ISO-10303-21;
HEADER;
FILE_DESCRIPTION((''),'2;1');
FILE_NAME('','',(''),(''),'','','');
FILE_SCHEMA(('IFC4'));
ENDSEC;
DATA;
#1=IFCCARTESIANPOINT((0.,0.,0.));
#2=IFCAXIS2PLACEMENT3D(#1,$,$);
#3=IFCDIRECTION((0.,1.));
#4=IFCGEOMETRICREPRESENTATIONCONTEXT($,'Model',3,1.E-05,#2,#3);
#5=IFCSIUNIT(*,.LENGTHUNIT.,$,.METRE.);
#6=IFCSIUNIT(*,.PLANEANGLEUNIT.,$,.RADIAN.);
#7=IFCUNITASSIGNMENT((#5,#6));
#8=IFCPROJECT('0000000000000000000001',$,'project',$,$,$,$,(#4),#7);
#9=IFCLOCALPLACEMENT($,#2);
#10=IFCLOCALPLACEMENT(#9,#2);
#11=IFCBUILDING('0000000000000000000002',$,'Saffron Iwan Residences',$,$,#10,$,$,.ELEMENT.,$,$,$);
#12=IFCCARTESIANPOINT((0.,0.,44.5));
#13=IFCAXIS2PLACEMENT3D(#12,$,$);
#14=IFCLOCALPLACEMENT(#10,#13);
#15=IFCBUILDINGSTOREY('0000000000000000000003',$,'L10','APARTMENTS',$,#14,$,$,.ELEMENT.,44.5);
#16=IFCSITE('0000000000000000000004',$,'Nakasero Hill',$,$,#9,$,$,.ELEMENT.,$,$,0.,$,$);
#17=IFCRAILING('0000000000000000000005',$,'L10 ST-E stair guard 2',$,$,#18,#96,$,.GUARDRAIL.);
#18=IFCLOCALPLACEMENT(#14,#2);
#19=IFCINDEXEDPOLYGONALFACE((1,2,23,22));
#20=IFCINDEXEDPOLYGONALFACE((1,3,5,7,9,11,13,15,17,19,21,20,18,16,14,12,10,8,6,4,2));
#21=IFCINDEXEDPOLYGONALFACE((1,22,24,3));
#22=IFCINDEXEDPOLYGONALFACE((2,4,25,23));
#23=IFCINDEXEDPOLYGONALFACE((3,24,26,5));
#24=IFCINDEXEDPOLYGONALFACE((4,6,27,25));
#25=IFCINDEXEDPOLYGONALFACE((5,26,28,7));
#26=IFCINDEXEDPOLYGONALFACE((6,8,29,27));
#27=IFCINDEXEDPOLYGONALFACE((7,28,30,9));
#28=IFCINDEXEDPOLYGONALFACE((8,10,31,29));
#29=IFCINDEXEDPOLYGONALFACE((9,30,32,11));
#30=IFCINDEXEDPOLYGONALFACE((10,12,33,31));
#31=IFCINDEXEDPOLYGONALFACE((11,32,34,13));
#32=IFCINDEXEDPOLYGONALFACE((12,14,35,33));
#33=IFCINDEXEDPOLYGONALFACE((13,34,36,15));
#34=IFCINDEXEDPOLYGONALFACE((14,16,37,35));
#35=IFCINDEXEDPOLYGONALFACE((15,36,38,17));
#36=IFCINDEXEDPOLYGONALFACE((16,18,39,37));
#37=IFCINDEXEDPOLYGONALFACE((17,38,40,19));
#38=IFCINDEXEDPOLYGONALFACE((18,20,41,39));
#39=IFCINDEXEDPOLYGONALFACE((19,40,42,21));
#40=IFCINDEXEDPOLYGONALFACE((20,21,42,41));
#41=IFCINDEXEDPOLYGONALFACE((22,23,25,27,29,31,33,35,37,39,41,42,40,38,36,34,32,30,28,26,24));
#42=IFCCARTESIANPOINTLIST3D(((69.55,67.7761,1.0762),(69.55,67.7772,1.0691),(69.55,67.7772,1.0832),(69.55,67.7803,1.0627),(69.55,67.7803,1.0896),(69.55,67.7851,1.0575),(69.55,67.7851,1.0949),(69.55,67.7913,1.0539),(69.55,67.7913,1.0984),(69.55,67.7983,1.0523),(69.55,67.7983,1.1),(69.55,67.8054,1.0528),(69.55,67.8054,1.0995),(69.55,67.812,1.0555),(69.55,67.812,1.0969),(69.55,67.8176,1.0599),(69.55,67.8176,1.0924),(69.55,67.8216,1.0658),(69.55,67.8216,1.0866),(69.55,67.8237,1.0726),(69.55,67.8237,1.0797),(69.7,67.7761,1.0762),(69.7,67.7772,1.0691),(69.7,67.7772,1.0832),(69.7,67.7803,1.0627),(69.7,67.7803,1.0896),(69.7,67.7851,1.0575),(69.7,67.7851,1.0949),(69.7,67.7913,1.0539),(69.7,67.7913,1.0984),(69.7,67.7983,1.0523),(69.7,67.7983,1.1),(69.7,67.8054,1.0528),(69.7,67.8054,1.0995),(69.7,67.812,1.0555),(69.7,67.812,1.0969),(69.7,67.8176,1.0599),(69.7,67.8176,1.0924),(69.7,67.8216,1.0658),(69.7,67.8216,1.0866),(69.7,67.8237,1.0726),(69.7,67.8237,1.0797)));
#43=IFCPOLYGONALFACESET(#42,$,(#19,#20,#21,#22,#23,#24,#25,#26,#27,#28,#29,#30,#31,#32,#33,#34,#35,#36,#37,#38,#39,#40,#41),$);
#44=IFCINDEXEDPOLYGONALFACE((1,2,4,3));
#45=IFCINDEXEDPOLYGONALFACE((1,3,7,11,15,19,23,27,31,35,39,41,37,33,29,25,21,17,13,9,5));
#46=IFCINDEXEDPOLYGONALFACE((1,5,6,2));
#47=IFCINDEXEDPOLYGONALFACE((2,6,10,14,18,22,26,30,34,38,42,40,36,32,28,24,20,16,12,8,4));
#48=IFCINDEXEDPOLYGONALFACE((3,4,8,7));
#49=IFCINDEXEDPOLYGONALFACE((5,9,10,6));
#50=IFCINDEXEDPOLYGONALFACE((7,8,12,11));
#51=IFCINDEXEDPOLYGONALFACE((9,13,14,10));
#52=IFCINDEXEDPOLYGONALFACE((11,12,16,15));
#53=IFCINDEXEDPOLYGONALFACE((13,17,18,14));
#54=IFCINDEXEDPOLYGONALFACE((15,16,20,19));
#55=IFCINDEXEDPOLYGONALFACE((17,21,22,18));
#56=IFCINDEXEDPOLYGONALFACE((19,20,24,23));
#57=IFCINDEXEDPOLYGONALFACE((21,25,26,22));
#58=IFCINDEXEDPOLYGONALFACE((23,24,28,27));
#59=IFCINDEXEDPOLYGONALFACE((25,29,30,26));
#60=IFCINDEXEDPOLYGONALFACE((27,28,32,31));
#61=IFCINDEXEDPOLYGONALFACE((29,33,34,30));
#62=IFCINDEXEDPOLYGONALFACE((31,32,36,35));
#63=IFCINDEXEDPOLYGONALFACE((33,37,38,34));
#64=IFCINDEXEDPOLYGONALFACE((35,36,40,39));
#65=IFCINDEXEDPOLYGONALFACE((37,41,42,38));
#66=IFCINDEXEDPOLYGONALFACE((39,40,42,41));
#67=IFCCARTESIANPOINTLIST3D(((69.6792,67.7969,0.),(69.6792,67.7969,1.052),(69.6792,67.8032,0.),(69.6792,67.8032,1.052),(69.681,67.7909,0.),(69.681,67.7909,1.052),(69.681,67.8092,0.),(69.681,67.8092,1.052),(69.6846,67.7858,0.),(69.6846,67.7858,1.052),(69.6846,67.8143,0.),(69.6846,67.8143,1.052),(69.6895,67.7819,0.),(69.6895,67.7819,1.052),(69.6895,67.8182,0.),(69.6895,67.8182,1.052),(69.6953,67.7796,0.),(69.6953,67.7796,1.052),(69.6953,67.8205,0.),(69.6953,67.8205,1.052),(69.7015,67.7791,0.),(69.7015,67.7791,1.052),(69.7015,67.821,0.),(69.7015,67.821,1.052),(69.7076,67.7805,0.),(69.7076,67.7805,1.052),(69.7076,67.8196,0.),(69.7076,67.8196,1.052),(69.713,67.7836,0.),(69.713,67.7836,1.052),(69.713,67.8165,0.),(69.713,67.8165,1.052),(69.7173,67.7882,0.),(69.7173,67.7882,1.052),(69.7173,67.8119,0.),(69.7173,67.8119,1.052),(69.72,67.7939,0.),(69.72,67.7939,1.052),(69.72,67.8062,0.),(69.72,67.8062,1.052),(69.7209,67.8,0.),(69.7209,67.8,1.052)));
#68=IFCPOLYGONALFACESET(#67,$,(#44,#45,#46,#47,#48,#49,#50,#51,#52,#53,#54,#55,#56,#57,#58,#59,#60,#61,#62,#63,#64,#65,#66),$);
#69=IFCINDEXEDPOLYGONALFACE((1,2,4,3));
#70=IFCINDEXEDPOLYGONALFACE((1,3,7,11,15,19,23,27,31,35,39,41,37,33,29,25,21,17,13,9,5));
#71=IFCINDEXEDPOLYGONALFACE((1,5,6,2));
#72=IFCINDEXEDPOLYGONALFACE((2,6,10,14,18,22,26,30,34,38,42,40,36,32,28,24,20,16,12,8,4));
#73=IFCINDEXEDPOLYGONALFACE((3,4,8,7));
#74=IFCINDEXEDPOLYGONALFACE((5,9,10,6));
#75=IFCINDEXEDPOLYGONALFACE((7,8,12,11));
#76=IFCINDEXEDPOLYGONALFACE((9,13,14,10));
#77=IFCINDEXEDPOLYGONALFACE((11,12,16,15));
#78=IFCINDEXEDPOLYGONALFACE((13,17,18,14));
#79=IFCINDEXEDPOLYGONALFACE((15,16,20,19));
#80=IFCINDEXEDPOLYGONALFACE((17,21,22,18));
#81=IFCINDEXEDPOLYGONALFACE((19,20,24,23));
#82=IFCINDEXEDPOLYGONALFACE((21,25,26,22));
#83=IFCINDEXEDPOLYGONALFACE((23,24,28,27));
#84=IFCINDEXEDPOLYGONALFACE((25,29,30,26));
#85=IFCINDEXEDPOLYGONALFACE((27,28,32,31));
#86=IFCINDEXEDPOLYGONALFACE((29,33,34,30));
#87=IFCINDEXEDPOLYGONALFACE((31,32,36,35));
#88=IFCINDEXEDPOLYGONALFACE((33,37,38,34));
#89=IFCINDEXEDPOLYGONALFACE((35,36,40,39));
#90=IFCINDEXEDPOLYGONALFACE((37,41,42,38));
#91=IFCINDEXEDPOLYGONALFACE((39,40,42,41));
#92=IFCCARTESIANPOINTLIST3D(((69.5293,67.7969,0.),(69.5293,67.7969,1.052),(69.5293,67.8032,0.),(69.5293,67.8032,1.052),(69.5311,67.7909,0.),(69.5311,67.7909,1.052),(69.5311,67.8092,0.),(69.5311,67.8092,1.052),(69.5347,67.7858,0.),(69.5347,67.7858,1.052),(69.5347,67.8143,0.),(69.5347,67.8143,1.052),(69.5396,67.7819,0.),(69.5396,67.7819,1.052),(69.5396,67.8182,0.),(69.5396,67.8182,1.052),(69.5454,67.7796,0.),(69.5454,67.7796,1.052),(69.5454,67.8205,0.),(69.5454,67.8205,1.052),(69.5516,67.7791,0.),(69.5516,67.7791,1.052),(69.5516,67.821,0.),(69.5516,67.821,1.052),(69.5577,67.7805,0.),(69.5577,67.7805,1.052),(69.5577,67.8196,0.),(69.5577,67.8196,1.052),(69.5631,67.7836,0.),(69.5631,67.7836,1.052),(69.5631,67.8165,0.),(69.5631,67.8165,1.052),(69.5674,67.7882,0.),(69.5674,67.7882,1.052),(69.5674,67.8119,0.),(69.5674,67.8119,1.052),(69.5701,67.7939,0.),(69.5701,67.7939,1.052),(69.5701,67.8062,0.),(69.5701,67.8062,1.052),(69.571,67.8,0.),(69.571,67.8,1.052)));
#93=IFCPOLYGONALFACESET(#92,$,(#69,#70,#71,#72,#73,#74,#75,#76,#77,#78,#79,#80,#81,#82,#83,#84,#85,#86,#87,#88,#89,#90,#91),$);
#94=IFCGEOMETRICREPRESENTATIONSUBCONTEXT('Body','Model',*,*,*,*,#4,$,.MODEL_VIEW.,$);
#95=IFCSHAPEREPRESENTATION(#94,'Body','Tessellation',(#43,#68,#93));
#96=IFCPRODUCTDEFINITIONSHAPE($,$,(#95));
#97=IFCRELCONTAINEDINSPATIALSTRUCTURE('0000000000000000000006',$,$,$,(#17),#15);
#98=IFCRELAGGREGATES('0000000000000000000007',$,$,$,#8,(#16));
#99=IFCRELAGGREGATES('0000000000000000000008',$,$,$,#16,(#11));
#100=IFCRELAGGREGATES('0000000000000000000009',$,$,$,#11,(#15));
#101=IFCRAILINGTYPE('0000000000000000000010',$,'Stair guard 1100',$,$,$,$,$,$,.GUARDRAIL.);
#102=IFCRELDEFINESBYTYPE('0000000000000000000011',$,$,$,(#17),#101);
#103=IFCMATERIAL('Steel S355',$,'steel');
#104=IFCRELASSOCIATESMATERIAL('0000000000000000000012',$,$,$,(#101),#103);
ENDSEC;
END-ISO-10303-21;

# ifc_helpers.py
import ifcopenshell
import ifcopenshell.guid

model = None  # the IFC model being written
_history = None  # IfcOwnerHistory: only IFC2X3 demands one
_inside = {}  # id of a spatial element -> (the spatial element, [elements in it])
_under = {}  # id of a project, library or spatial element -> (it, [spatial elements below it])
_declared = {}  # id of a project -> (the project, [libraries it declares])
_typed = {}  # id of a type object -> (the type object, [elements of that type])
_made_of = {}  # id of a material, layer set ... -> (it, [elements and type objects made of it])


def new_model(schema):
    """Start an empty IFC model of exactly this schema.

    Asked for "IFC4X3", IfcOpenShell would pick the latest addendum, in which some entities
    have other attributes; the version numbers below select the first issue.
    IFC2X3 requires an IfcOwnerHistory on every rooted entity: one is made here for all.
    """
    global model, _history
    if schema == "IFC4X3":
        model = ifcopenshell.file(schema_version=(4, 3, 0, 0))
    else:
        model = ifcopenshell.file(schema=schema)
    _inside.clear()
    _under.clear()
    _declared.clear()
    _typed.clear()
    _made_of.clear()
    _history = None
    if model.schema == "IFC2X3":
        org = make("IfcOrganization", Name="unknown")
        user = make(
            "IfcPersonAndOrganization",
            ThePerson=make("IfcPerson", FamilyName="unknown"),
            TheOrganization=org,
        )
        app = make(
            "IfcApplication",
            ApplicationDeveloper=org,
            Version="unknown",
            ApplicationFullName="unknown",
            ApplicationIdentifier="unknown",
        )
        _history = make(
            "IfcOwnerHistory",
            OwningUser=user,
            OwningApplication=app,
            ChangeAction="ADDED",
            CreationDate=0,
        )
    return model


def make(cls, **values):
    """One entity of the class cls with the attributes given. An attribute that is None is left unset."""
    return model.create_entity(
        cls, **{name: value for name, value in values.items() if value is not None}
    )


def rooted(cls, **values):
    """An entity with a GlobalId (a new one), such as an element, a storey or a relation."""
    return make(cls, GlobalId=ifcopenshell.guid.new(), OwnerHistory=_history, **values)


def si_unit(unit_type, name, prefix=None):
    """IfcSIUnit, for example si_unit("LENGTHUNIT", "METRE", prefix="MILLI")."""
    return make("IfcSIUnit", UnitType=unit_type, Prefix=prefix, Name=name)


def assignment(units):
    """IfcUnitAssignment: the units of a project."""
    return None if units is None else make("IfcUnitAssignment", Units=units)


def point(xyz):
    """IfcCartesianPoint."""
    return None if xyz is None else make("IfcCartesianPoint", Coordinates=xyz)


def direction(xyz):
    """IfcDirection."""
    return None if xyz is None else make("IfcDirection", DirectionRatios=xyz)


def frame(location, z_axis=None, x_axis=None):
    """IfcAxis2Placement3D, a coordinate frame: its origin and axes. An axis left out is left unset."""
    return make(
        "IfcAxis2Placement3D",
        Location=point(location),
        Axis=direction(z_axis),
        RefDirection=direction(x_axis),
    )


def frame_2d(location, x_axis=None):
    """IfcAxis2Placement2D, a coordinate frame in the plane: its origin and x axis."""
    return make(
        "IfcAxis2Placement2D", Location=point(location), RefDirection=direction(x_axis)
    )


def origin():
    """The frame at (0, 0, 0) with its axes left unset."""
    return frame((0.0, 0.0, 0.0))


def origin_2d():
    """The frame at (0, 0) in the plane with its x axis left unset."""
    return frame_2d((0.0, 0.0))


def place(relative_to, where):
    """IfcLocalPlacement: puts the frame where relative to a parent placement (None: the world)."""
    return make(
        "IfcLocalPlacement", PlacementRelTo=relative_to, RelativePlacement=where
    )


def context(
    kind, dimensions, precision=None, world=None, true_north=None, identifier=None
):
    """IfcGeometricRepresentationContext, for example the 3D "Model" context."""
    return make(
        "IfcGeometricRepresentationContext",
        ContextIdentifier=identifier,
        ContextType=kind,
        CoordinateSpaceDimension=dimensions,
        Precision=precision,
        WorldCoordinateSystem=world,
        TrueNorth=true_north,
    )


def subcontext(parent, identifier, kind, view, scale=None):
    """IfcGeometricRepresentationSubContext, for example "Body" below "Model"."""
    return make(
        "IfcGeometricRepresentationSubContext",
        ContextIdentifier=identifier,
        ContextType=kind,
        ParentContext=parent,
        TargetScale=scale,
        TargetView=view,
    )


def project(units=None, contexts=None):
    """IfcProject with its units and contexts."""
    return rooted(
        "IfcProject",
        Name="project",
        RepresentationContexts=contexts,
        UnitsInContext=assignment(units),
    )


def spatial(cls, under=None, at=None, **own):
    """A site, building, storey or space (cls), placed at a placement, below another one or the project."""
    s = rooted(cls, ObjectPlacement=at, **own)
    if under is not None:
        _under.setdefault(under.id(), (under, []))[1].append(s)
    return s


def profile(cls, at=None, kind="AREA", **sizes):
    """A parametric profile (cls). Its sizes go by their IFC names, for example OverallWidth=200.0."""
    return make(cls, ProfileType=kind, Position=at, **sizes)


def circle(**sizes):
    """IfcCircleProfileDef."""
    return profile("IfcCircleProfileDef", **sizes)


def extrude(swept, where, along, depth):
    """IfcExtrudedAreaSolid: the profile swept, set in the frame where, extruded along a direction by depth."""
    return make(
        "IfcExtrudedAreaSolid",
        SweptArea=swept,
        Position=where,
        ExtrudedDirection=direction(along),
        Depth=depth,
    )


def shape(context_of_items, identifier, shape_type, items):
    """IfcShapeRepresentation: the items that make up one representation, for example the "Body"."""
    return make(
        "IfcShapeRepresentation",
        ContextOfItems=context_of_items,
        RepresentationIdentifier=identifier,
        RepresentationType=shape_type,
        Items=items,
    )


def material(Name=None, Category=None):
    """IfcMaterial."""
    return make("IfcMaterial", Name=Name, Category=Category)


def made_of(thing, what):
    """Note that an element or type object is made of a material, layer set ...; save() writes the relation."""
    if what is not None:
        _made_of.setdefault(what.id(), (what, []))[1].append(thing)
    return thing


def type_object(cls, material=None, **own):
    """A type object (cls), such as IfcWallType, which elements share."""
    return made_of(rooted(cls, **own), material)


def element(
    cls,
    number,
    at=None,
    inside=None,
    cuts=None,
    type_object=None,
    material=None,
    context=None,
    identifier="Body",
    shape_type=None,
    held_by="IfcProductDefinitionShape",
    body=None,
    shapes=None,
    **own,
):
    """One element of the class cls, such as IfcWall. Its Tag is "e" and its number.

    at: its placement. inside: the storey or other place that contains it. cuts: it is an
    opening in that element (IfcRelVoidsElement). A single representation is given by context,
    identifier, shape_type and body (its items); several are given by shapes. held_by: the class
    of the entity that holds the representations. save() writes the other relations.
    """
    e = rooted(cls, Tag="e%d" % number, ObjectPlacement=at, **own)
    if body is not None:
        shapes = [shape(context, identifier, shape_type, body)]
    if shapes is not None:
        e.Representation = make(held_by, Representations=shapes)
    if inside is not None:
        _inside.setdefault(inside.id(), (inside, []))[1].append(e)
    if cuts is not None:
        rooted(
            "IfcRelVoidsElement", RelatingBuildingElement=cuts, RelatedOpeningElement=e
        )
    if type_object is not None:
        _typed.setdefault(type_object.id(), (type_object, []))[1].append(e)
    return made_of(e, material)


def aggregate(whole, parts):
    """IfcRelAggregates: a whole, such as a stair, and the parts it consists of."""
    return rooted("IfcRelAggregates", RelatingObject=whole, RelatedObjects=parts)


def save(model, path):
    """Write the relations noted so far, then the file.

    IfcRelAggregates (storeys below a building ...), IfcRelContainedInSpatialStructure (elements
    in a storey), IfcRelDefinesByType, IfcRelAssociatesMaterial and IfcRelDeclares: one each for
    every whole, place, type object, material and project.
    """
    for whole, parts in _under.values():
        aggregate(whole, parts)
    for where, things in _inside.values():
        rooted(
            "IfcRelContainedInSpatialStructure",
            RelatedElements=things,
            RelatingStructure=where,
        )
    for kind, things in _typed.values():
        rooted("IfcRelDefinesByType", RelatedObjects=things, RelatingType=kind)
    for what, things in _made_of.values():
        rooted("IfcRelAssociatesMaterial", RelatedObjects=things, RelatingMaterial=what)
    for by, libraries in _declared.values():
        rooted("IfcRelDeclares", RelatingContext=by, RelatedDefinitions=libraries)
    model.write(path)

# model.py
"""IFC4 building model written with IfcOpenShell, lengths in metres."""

from ifc_helpers import new_model, si_unit, direction, frame, origin, origin_2d, place, context, subcontext, project, spatial, circle, extrude, material, type_object, element, save


model = new_model("IFC4")

# Units and contexts
model_context = context("Model", 3, precision=1e-05, world=origin(), true_north=direction((0.0, 1.0)))
body_context = subcontext(model_context, "Body", "Model", "MODEL_VIEW")
ifc_project = project(units=[si_unit("LENGTHUNIT", "METRE"), si_unit("PLANEANGLEUNIT", "RADIAN")], contexts=[model_context])

# Site, building, storey
site_placement = place(None, origin())
site = spatial("IfcSite", under=ifc_project, at=site_placement, Name="Nakasero Hill", CompositionType="ELEMENT", RefElevation=0.0)
building_placement = place(site_placement, origin())
building = spatial("IfcBuilding", under=site, at=building_placement, Name="Saffron Iwan Residences", CompositionType="ELEMENT")
storey_placement = place(building_placement, frame((0.0, 0.0, 44.5)))
storey = spatial("IfcBuildingStorey", under=building, at=storey_placement, Name="L10", Description="APARTMENTS", CompositionType="ELEMENT", Elevation=44.5)

# Railing
ifc_material_1 = material(Name="Steel S355", Category="steel")
railing_type_1 = type_object("IfcRailingType", Name="Stair guard 1100", PredefinedType="GUARDRAIL", material=ifc_material_1)
railing_1_placement = place(storey_placement, frame((69.7, 67.8, 0.0)))
element("IfcRailing", 1, at=railing_1_placement, inside=storey, type_object=railing_type_1, Name="L10 ST-E stair guard 2", PredefinedType="GUARDRAIL", context=body_context, shape_type="SweptSolid", body=[
    extrude(circle(Radius=0.0239, at=origin_2d()), frame((0.0, 0.0, 1.0762), z_axis=(-1.0, 0.0, 0.0), x_axis=(0.0, -1.0, 0.0)), (0.0, 0.0, 1.0), 0.1499),
    extrude(circle(Radius=0.021, at=origin_2d()), origin(), (0.0, 0.0, 1.0), 1.052),
    extrude(circle(Radius=0.021, at=origin_2d()), frame((-0.1499, 0.0, 0.0)), (0.0, 0.0, 1.0), 1.052),
])

save(model, "model.ifc")
